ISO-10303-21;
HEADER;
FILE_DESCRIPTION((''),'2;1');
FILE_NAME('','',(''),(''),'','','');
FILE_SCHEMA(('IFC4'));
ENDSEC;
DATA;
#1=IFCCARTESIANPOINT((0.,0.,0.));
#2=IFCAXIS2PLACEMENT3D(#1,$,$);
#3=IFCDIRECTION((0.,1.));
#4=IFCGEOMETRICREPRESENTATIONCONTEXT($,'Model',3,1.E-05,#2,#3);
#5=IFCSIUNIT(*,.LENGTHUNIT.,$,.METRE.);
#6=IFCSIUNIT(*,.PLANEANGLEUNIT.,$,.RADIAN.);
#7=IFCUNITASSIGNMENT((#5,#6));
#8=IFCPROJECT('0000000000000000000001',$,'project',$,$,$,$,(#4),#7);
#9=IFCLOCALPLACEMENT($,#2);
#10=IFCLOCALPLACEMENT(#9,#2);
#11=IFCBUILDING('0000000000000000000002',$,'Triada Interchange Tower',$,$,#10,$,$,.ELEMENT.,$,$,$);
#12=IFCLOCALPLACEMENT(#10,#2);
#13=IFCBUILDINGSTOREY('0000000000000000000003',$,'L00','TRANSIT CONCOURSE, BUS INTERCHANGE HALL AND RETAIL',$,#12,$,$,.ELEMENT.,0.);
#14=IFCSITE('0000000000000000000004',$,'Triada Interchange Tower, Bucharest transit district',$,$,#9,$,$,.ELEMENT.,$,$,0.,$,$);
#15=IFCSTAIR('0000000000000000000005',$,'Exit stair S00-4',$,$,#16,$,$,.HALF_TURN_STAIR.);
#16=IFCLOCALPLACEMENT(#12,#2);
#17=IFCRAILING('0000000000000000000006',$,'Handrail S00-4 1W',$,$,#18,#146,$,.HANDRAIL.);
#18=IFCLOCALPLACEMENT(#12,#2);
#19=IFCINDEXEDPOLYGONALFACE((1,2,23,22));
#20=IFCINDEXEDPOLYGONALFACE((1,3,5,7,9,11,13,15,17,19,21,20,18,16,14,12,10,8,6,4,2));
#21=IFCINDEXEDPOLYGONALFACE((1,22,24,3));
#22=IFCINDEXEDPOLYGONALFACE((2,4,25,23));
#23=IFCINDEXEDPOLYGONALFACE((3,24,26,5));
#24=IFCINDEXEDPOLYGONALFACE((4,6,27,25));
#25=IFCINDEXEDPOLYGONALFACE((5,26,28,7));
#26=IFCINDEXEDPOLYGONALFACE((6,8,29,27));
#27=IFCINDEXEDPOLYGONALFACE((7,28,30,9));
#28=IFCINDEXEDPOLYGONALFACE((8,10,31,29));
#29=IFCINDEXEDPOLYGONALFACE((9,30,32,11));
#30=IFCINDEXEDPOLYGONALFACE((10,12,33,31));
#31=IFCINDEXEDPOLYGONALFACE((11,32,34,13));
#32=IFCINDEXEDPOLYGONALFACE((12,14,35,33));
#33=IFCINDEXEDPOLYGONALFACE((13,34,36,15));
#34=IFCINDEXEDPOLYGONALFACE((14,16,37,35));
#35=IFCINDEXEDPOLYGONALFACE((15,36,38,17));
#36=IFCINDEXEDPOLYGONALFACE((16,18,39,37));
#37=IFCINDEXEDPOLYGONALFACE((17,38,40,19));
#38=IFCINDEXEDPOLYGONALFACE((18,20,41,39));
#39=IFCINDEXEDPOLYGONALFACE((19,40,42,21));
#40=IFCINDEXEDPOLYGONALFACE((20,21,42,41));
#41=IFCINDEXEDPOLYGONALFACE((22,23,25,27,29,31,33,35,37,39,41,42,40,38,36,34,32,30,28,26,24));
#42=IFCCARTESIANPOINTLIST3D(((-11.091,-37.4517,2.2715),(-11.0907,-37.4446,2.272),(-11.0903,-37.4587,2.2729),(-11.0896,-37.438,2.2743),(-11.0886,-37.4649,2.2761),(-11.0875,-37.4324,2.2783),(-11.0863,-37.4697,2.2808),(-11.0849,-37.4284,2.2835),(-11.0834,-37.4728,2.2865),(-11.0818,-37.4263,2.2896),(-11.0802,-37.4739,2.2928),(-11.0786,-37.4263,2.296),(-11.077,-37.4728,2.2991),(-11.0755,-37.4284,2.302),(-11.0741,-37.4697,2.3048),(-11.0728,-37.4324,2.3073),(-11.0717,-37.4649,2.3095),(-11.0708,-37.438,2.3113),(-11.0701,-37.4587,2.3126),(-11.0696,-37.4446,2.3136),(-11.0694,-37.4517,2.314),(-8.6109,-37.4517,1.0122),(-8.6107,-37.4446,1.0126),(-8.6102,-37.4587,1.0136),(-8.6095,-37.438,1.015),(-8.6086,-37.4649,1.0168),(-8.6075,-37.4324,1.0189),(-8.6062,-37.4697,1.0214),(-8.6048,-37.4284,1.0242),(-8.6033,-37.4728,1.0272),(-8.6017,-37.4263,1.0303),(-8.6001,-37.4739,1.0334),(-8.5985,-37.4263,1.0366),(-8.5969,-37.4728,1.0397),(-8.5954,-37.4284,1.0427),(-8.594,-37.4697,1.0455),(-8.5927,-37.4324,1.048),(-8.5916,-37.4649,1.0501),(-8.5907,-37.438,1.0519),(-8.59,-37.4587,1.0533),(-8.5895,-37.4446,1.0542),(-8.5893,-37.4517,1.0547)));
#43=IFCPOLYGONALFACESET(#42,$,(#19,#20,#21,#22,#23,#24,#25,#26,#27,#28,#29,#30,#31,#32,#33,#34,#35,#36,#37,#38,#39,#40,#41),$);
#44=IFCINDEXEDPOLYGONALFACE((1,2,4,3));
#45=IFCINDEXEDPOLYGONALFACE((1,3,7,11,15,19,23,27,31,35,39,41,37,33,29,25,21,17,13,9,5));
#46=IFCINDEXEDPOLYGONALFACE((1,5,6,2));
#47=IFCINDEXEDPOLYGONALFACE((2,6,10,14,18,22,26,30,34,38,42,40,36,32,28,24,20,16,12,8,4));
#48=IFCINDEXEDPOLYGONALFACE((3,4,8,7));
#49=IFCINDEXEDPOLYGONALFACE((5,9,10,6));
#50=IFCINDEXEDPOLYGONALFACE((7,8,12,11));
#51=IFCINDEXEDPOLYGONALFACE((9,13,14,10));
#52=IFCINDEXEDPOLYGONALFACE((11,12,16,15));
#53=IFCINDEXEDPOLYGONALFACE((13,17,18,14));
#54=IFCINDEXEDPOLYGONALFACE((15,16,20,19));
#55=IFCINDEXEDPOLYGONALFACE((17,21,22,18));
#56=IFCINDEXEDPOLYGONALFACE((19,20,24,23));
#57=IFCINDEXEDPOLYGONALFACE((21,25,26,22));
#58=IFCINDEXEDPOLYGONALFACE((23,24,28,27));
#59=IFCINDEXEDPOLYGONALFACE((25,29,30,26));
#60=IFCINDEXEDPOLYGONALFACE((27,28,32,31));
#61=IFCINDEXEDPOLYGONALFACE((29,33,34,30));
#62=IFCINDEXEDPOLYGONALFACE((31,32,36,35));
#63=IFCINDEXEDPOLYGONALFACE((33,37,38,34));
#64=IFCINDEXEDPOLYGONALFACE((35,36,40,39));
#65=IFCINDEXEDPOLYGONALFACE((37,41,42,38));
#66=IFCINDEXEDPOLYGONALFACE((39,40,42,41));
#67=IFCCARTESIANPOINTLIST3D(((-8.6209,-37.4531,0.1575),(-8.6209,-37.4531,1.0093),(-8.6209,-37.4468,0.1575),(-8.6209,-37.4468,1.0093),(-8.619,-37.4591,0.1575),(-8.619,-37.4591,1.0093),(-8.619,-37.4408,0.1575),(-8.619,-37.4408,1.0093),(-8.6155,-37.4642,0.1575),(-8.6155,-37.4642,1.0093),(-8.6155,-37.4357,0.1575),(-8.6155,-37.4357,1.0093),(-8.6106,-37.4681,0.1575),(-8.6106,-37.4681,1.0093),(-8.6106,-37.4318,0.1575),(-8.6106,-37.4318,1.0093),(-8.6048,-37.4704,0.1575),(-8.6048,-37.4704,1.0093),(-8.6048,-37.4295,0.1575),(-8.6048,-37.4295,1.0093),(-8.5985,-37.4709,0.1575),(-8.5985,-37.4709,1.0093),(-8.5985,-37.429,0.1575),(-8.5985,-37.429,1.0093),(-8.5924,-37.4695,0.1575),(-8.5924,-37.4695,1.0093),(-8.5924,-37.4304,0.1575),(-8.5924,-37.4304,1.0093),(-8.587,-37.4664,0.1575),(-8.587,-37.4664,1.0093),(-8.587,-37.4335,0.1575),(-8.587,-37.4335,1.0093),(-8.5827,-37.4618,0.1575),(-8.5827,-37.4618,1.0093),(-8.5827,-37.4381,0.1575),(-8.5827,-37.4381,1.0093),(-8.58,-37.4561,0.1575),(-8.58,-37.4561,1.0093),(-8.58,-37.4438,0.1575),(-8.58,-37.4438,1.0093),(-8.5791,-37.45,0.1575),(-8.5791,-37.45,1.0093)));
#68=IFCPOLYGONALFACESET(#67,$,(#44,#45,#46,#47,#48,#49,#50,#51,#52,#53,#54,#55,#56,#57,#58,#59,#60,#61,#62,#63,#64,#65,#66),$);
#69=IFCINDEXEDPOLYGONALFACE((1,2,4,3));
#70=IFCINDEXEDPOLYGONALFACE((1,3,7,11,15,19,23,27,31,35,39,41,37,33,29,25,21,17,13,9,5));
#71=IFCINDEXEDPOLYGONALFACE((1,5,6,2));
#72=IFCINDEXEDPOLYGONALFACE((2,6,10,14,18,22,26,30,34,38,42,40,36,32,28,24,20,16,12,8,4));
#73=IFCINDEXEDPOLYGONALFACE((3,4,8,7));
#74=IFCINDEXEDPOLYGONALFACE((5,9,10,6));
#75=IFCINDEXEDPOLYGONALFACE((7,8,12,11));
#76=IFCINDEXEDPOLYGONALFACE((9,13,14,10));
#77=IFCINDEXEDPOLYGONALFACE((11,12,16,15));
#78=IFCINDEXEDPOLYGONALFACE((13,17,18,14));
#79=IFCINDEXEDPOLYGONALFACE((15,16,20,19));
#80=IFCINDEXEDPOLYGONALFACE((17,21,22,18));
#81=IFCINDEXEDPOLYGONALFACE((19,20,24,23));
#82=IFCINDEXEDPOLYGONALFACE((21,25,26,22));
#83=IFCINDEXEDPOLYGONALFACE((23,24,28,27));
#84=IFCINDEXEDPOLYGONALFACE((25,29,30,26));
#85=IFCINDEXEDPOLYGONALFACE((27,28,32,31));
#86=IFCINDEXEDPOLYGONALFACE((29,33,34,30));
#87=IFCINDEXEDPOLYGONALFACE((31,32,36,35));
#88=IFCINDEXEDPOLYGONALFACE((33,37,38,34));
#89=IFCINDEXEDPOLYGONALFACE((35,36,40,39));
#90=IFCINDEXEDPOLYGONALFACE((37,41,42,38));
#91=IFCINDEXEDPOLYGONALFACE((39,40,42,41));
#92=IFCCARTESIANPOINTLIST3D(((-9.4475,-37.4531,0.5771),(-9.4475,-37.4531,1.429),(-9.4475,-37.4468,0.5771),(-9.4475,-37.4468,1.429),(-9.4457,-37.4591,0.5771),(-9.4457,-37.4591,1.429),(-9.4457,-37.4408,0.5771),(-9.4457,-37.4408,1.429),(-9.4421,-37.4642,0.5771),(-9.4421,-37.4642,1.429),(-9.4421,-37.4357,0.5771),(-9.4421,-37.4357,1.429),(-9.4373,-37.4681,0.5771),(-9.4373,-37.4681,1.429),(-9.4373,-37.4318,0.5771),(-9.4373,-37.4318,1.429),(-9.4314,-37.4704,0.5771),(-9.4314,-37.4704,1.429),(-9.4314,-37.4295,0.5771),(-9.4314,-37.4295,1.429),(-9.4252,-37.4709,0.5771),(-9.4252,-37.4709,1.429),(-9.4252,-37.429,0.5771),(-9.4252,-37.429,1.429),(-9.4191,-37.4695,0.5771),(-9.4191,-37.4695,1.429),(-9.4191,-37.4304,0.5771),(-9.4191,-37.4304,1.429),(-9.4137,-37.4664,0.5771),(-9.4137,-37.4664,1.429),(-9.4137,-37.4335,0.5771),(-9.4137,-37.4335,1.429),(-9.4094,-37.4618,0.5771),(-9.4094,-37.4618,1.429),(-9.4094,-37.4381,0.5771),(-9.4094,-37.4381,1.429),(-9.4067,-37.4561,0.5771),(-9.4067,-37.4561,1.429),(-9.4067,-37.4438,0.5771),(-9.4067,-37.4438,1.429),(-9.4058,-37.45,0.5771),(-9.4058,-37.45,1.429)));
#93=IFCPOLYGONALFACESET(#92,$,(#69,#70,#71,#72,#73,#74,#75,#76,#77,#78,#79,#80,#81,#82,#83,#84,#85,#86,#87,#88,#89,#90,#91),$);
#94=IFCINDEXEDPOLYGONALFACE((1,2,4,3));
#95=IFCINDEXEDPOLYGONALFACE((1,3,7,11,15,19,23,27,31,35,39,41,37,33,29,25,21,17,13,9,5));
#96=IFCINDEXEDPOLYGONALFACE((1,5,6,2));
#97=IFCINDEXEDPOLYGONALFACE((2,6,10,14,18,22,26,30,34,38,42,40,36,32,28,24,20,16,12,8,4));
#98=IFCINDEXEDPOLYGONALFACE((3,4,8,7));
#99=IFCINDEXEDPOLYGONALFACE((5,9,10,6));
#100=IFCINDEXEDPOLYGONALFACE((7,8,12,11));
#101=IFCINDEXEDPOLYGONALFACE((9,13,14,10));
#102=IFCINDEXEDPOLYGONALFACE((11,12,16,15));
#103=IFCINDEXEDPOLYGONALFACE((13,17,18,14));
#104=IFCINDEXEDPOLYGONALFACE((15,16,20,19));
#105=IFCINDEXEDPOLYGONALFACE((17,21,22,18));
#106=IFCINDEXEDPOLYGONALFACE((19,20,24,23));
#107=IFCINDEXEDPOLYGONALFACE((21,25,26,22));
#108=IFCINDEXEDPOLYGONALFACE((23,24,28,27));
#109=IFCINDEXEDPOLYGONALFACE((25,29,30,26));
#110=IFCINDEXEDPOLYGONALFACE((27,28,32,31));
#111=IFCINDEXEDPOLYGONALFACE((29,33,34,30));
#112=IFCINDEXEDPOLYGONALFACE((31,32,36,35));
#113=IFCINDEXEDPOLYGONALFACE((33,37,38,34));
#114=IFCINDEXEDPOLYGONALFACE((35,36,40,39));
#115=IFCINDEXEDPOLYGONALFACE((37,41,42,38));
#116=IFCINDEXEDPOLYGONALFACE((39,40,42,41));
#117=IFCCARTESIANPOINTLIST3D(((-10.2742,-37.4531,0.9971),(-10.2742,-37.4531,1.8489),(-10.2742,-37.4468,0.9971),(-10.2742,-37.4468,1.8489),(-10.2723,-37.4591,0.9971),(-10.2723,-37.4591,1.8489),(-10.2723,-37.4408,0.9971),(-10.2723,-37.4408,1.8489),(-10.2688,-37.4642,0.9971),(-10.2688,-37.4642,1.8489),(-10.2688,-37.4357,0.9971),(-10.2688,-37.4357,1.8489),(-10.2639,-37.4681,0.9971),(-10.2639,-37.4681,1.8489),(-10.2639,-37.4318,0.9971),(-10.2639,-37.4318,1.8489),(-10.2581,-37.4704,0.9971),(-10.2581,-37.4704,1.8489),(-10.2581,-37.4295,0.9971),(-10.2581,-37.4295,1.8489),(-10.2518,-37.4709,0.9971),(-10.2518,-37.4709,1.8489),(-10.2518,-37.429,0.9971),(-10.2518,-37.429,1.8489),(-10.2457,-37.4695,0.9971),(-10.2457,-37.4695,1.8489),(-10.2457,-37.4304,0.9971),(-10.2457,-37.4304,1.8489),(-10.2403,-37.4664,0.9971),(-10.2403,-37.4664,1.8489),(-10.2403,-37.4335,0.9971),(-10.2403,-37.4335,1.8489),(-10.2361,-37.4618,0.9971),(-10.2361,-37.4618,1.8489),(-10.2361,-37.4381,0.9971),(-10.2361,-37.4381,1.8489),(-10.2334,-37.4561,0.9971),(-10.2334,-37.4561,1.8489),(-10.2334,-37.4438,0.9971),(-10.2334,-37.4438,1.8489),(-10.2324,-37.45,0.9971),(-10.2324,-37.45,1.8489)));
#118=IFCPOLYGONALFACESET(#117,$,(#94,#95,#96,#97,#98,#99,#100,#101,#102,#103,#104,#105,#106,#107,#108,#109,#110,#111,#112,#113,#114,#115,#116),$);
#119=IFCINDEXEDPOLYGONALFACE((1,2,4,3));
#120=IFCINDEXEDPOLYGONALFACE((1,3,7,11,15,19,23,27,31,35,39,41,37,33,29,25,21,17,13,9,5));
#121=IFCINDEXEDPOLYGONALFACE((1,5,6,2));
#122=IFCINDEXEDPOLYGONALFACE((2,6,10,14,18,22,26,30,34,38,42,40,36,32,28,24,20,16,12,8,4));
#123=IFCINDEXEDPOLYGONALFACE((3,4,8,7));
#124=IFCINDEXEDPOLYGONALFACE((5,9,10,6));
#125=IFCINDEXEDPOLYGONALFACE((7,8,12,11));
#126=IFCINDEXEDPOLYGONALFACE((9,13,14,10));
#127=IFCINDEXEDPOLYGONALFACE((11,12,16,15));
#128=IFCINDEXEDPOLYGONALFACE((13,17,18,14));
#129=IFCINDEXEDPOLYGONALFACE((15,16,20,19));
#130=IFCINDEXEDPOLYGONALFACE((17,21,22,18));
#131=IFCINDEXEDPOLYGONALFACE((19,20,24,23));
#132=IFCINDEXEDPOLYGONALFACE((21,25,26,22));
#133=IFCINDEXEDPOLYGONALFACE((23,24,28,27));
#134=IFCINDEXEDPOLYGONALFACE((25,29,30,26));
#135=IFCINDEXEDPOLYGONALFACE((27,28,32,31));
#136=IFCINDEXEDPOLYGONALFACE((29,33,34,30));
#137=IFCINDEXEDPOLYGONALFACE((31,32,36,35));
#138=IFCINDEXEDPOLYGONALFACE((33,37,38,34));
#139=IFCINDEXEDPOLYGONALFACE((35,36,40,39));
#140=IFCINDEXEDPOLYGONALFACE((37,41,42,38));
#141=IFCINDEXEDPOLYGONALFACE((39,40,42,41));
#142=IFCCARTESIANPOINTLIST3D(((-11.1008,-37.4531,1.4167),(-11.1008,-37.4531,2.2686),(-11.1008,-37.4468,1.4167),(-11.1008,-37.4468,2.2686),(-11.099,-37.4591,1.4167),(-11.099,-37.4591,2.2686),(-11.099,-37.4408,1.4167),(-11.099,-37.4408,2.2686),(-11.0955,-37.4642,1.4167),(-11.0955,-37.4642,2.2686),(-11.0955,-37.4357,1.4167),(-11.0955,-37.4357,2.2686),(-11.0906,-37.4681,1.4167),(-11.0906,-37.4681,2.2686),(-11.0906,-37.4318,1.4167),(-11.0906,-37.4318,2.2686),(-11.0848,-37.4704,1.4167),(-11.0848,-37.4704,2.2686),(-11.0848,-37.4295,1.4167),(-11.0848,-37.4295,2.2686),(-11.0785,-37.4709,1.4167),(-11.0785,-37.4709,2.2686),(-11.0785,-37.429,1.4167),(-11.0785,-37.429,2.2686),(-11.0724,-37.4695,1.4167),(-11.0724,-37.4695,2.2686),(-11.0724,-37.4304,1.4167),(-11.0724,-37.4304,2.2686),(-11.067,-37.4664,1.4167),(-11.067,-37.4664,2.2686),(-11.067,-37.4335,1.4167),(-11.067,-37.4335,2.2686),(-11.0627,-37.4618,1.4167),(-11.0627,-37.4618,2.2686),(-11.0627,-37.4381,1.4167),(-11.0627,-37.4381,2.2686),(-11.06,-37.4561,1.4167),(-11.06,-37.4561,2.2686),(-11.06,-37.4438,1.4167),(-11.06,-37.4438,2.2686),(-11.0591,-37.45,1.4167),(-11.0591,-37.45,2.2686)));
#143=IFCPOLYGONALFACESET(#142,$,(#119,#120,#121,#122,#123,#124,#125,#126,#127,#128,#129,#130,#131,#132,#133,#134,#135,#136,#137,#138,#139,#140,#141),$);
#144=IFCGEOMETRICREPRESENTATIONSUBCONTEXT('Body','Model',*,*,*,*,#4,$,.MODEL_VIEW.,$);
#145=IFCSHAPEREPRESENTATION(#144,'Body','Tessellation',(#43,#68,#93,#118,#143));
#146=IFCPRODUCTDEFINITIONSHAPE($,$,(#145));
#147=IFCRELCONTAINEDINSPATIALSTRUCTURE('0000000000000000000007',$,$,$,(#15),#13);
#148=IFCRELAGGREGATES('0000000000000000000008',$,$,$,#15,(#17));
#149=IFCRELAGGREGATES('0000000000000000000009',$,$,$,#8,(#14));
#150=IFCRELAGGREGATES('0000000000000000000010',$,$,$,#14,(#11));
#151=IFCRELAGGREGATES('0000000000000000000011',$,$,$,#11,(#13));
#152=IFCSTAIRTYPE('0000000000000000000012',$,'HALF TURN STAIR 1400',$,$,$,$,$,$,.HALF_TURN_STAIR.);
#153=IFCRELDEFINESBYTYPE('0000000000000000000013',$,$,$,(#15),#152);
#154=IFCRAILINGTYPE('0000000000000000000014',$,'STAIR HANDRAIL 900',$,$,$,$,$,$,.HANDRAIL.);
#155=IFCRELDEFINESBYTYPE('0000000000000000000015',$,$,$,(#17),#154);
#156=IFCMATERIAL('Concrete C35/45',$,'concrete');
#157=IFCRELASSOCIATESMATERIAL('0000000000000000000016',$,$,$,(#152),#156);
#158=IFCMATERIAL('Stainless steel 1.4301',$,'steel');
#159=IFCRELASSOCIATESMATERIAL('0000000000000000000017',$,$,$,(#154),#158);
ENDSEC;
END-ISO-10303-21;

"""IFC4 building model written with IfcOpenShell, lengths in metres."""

from ifc_helpers import new_model, si_unit, direction, frame, origin, origin_2d, place, context, subcontext, project, spatial, circle, extrude, material, type_object, element, aggregate, save


model = new_model("IFC4")

# Units and contexts
model_context = context("Model", 3, precision=1e-05, world=origin(), true_north=direction((0.0, 1.0)))
body_context = subcontext(model_context, "Body", "Model", "MODEL_VIEW")
ifc_project = project(units=[si_unit("LENGTHUNIT", "METRE"), si_unit("PLANEANGLEUNIT", "RADIAN")], contexts=[model_context])

# Site, building, storey
site_placement = place(None, origin())
site = spatial("IfcSite", under=ifc_project, at=site_placement, Name="Triada Interchange Tower, Bucharest transit district", CompositionType="ELEMENT", RefElevation=0.0)
building_placement = place(site_placement, origin())
building = spatial("IfcBuilding", under=site, at=building_placement, Name="Triada Interchange Tower", CompositionType="ELEMENT")
storey_placement = place(building_placement, origin())
storey = spatial("IfcBuildingStorey", under=building, at=storey_placement, Name="L00", Description="TRANSIT CONCOURSE, BUS INTERCHANGE HALL AND RETAIL", CompositionType="ELEMENT", Elevation=0.0)

# Shared definitions
ifc_material_1 = material(Name="Concrete C35/45", Category="concrete")

# Stair
stair_type = type_object("IfcStairType", Name="HALF TURN STAIR 1400", PredefinedType="HALF_TURN_STAIR", material=ifc_material_1)
stair_1_placement = place(storey_placement, origin())
stair_1 = element("IfcStair", 1, at=stair_1_placement, inside=storey, type_object=stair_type, Name="Exit stair S00-4", PredefinedType="HALF_TURN_STAIR")

# Railing
ifc_material_2 = material(Name="Stainless steel 1.4301", Category="steel")
railing_type_1 = type_object("IfcRailingType", Name="STAIR HANDRAIL 900", PredefinedType="HANDRAIL", material=ifc_material_2)
railing_1_placement = place(storey_placement, frame((-8.6001, -37.45, 0.1575)))
railing_1 = element("IfcRailing", 2, at=railing_1_placement, type_object=railing_type_1, Name="Handrail S00-4 1W", PredefinedType="HANDRAIL", context=body_context, shape_type="SweptSolid", body=[
    extrude(circle(Radius=0.0239, at=origin_2d()), frame((0.0, 0.0, 0.876), z_axis=(-0.891636, 0.0, 0.452752), x_axis=(0.0, -1.0, 0.0)), (0.0, 0.0, 1.0), 2.7815),
    extrude(circle(Radius=0.021, at=origin_2d()), origin(), (0.0, 0.0, 1.0), 0.8518),
    extrude(circle(Radius=0.021, at=origin_2d()), frame((-0.8267, 0.0, 0.4197)), (0.0, 0.0, 1.0), 0.8518),
    extrude(circle(Radius=0.021, at=origin_2d()), frame((-1.6533, 0.0, 0.8396)), (0.0, 0.0, 1.0), 0.8518),
    extrude(circle(Radius=0.021, at=origin_2d()), frame((-2.48, 0.0, 1.2593)), (0.0, 0.0, 1.0), 0.8518),
])
aggregate(stair_1, [railing_1])

save(model, "model.ifc")
